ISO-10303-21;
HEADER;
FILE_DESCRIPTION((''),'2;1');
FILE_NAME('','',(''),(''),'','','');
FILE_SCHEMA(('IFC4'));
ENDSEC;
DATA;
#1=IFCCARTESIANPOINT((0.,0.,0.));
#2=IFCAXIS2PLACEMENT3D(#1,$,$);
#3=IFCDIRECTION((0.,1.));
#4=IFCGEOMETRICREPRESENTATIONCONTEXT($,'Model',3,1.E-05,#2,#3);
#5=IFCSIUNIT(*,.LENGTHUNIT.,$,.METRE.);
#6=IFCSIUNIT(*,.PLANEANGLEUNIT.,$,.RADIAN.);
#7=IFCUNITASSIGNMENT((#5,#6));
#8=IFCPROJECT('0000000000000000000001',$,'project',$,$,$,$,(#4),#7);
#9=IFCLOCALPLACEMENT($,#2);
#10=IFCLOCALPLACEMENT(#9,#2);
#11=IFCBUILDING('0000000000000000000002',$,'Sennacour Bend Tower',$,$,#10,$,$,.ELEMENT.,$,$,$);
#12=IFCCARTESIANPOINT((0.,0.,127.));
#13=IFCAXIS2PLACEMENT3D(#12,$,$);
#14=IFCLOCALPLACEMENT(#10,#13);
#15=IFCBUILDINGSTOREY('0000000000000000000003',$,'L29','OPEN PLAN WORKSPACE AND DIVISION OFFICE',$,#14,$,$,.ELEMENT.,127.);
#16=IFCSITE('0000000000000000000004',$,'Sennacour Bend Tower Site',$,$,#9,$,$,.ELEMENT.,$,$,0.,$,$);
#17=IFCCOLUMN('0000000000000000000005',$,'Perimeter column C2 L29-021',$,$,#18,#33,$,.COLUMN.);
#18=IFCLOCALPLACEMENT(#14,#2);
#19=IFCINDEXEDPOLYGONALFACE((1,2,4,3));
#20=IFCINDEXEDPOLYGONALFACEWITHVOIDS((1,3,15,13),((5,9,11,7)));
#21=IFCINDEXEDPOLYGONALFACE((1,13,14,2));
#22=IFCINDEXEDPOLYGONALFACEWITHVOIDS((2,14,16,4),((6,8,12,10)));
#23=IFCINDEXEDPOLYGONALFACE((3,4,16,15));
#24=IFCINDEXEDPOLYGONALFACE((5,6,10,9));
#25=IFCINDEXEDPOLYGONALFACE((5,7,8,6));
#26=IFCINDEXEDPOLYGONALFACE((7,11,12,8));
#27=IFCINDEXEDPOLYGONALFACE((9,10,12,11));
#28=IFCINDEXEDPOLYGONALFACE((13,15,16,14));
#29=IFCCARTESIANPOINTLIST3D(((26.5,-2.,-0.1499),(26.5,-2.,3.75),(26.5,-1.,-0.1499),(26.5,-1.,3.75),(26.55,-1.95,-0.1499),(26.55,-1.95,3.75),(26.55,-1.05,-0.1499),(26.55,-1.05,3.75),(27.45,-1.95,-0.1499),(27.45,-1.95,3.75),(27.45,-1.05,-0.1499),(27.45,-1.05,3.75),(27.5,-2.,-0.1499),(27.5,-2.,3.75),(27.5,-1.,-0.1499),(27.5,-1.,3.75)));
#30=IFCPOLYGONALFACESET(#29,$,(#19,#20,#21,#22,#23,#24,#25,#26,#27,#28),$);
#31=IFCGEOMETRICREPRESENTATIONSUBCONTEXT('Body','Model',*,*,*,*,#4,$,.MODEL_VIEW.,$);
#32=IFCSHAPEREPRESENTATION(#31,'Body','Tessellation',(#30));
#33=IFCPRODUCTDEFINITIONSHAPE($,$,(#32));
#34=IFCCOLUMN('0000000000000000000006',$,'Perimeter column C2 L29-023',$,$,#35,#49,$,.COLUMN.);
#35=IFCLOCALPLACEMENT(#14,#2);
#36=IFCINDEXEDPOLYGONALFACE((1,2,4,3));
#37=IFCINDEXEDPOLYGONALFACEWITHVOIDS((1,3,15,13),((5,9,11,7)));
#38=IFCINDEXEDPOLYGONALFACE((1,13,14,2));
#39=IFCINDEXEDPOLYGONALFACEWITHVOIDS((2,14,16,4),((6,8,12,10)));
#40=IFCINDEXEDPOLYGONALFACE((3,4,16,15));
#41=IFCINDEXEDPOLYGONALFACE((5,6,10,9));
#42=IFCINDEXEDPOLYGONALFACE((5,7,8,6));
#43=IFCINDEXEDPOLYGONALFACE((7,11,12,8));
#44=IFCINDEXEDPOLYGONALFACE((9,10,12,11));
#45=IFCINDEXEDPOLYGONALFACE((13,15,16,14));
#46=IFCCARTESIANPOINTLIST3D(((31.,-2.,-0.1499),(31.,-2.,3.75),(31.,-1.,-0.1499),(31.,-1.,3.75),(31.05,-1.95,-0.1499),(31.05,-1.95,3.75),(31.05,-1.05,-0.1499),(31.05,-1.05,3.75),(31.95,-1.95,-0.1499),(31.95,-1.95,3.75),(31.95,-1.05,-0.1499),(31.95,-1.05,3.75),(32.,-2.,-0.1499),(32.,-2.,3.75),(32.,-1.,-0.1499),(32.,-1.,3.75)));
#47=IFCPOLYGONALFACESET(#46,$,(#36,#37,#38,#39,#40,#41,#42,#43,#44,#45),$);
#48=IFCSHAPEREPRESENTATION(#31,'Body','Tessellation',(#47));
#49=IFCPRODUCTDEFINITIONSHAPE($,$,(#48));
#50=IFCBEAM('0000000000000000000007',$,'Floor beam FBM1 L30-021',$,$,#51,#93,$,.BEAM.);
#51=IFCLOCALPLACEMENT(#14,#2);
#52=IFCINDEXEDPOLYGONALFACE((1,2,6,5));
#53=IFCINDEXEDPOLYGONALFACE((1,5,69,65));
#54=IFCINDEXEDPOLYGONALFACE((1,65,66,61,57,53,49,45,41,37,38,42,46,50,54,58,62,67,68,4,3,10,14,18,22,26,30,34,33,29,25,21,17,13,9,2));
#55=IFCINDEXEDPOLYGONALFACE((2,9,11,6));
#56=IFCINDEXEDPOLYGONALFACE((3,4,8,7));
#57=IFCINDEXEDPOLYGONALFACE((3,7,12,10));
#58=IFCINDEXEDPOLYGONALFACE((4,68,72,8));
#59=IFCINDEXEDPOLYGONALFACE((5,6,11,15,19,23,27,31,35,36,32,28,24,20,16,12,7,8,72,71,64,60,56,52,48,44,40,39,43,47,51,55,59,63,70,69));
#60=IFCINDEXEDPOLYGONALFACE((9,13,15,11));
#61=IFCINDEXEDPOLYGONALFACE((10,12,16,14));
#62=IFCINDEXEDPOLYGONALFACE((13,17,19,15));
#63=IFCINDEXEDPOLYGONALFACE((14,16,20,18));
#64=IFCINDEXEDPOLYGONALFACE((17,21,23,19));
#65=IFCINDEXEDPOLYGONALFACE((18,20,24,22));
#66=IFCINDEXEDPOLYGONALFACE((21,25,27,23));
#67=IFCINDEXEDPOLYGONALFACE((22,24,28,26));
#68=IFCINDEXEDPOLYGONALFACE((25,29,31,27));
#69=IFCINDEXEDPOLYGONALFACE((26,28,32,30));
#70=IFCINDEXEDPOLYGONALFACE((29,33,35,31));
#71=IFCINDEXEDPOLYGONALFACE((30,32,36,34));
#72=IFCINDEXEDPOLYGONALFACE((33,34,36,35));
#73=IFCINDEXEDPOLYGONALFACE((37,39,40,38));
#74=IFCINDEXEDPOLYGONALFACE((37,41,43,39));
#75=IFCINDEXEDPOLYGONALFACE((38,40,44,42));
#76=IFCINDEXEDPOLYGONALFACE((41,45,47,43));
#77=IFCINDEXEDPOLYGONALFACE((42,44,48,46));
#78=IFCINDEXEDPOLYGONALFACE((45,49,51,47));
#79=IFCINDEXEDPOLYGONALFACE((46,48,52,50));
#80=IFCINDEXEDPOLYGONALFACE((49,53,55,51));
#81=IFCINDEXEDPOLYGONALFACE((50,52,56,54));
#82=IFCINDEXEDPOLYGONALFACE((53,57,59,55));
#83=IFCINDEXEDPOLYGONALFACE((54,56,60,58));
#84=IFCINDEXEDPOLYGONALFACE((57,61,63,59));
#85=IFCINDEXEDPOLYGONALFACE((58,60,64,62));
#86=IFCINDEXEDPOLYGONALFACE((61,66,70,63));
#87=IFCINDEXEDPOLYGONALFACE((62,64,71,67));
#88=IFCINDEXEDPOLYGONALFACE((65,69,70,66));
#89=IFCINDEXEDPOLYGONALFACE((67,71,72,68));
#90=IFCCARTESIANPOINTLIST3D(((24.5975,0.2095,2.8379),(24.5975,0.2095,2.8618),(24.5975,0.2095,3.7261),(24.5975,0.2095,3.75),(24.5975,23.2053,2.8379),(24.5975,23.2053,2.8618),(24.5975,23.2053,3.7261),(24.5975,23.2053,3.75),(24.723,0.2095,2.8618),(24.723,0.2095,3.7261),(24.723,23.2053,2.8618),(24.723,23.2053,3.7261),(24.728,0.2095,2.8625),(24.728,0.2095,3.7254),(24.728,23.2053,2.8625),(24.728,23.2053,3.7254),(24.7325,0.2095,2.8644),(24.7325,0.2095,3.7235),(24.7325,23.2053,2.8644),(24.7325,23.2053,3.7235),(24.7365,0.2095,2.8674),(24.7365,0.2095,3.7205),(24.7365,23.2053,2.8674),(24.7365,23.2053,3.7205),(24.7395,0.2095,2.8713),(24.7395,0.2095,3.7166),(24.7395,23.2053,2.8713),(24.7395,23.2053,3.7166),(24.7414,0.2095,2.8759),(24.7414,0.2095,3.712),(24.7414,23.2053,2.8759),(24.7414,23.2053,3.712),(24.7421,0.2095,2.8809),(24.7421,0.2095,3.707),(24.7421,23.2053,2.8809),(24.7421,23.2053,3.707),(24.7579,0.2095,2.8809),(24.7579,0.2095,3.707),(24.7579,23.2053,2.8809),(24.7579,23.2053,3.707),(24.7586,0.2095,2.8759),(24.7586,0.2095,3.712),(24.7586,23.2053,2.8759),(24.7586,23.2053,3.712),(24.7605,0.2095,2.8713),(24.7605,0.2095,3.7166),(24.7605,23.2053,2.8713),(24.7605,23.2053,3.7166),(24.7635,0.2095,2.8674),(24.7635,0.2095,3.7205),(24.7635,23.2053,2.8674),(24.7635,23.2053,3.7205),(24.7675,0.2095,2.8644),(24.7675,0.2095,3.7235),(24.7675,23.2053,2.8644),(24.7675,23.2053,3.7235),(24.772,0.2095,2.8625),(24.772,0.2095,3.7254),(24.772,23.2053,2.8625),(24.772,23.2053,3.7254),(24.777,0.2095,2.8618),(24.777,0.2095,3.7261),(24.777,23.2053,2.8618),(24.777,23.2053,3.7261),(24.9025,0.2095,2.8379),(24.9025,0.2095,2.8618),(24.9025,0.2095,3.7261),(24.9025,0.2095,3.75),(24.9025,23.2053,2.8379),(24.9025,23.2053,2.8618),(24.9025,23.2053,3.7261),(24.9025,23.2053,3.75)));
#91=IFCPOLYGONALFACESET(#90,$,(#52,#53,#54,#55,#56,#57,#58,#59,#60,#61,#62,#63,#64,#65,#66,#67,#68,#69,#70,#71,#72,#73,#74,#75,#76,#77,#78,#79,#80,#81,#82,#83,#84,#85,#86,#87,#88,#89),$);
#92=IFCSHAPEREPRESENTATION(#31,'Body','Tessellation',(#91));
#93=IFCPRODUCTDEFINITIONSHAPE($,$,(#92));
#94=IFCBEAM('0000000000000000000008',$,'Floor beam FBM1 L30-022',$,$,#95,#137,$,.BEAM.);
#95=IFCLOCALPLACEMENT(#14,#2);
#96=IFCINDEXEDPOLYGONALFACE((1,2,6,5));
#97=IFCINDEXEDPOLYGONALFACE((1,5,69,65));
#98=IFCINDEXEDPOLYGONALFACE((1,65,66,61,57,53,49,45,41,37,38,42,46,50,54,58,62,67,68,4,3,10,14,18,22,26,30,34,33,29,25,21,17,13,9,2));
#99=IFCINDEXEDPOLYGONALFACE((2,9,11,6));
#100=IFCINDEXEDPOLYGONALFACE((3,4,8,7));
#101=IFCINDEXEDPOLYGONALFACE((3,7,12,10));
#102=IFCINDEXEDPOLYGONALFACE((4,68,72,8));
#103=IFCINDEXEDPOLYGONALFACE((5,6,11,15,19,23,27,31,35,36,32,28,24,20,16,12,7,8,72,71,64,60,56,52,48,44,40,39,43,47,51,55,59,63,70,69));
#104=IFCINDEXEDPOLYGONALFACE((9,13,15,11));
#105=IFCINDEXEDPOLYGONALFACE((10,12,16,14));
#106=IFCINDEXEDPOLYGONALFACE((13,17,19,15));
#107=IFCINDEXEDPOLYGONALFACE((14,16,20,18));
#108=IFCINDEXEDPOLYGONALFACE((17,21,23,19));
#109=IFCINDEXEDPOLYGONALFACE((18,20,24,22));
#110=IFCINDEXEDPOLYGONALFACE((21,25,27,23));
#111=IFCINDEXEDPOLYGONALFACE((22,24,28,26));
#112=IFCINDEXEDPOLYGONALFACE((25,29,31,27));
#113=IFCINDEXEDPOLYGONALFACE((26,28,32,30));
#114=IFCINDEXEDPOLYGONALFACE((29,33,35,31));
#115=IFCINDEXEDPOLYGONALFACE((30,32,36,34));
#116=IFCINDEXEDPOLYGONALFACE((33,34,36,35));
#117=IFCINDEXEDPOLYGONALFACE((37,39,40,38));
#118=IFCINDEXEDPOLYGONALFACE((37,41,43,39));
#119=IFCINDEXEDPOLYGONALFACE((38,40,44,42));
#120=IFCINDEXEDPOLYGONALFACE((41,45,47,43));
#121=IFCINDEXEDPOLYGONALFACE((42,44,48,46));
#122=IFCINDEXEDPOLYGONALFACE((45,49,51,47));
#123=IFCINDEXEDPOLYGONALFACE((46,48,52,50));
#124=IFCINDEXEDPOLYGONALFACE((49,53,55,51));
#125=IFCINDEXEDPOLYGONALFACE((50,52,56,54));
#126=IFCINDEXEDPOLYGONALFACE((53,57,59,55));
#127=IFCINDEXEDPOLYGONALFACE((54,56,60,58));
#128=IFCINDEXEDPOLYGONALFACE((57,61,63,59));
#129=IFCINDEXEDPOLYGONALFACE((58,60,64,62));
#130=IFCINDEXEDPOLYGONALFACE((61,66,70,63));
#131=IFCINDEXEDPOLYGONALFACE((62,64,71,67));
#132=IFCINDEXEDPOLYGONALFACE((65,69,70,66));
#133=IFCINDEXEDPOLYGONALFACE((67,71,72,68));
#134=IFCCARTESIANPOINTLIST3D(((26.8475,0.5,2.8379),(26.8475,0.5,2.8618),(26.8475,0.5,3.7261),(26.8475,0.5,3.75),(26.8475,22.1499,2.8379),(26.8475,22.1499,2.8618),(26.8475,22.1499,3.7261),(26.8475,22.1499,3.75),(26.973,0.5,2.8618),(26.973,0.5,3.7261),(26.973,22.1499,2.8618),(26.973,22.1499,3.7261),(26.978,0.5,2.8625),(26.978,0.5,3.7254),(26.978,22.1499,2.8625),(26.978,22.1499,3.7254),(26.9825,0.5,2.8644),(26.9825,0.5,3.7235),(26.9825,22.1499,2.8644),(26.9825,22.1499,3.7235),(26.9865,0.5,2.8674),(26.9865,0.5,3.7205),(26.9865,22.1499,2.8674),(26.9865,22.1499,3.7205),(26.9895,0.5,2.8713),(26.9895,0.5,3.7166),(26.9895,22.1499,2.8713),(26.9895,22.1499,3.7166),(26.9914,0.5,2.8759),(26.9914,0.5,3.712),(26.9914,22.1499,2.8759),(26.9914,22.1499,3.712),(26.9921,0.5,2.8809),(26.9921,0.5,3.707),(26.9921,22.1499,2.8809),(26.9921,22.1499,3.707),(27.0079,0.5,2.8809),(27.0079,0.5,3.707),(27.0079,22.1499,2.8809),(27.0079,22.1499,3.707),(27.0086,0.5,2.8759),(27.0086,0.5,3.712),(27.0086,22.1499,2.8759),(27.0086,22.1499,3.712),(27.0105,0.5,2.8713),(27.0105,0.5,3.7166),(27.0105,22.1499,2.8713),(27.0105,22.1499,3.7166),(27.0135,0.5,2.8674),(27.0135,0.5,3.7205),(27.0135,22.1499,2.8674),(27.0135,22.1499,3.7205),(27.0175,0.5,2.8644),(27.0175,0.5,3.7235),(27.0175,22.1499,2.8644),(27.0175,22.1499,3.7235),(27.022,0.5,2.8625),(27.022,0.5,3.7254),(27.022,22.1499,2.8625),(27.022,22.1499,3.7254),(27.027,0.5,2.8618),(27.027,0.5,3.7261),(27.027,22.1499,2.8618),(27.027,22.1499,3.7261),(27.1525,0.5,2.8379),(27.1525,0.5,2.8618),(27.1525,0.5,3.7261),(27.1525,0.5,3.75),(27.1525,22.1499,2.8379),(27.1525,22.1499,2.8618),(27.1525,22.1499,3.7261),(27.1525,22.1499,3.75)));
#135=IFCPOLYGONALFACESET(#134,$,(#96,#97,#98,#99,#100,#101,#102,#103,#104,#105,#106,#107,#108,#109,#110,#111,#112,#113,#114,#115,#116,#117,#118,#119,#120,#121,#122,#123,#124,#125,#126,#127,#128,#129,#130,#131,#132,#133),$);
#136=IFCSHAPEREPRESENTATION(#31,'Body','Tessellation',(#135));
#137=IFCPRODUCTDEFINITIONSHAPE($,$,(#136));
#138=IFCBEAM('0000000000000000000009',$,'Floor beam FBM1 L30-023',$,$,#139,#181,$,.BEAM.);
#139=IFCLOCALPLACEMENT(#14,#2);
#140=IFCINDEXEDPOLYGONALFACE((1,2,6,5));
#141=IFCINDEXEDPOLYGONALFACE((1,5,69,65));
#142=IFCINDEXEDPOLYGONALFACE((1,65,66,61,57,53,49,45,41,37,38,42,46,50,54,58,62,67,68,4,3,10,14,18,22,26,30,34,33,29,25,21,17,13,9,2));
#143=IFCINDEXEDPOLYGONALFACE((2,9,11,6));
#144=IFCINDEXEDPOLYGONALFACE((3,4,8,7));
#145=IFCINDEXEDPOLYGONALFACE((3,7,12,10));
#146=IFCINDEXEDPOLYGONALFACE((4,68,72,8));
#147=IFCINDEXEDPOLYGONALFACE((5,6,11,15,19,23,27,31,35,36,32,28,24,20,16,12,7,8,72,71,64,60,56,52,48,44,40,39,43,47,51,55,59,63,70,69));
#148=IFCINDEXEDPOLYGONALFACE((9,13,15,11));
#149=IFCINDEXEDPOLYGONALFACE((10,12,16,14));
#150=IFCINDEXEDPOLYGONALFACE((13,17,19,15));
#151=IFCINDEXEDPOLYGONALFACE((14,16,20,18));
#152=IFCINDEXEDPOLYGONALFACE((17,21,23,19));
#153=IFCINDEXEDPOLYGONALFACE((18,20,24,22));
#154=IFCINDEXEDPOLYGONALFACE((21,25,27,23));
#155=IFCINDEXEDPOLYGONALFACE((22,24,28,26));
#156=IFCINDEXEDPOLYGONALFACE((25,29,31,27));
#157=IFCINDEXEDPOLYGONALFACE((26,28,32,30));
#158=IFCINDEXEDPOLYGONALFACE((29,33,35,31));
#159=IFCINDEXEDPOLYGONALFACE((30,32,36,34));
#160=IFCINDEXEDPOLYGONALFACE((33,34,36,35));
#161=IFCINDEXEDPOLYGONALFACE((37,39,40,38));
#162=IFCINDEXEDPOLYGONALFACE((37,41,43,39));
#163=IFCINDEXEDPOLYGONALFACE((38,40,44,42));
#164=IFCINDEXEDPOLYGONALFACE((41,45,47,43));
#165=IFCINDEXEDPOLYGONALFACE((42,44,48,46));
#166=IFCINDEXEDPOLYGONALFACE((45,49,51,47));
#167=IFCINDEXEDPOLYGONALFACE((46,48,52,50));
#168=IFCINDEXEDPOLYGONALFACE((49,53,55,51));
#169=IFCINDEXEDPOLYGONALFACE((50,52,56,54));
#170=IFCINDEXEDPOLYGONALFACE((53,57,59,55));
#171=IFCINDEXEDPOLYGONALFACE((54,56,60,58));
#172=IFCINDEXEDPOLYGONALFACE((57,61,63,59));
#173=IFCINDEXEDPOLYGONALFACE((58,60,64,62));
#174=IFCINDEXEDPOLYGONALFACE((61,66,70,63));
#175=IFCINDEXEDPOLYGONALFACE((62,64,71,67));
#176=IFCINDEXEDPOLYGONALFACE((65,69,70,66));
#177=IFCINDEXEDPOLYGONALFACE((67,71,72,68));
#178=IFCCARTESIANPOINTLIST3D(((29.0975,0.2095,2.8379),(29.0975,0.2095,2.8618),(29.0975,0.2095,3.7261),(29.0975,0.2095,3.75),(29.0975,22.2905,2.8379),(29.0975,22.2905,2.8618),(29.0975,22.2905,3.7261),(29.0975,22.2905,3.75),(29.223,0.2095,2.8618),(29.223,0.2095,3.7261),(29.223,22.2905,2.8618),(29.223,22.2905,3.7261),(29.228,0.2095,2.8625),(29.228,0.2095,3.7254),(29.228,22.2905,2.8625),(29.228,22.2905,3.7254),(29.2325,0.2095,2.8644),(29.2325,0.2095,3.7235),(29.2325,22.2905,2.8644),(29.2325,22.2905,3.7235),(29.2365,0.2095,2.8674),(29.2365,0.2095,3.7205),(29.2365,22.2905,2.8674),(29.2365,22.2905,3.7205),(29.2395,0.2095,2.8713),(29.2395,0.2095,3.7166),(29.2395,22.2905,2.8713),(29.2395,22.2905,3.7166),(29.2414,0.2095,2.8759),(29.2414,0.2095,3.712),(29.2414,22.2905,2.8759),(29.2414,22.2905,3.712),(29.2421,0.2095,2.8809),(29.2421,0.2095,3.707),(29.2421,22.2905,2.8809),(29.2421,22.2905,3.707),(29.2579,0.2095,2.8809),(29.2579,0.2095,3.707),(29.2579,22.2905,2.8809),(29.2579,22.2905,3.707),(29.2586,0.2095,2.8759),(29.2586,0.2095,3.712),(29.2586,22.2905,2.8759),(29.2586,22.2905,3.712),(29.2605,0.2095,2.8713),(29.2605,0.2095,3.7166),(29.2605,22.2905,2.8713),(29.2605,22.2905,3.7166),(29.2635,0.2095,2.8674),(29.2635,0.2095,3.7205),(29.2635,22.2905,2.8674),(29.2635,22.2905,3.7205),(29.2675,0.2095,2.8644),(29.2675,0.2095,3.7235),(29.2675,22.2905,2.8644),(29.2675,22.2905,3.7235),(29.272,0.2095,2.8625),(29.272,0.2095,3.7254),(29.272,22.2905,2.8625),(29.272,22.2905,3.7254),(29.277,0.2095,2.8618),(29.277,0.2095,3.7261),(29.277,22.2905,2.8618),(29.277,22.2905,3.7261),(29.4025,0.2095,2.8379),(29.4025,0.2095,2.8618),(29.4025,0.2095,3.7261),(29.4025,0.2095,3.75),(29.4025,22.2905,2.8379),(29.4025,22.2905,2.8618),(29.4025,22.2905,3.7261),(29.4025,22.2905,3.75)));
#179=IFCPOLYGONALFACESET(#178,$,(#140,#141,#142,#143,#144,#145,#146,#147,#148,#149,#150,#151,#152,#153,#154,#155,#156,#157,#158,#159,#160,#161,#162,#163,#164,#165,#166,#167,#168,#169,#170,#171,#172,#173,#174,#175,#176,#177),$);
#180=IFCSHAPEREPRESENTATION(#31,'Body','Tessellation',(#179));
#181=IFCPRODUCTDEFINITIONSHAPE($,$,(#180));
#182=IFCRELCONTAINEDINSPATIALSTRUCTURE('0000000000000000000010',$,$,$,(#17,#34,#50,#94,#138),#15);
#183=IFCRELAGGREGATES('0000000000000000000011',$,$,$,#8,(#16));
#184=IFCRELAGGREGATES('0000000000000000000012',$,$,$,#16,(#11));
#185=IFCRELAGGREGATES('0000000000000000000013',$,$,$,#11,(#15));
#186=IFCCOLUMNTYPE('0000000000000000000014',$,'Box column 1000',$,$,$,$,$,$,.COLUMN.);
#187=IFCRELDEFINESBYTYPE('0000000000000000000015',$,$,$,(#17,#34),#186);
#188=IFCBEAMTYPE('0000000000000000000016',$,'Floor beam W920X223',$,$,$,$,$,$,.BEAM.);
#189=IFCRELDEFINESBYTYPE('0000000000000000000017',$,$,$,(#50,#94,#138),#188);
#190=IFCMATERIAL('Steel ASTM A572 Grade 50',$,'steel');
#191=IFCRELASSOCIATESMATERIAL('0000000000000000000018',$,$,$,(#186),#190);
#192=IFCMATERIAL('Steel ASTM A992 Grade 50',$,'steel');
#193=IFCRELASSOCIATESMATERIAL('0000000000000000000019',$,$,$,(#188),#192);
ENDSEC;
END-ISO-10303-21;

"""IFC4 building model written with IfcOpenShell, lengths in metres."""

from ifc_helpers import new_model, si_unit, direction, frame, origin, origin_2d, place, context, subcontext, project, spatial, hollow_rectangle, i_section, extrude, material, material_profile, profile_set, type_object, element, save


model = new_model("IFC4")

# Units and contexts
model_context = context("Model", 3, precision=1e-05, world=origin(), true_north=direction((0.0, 1.0)))
body_context = subcontext(model_context, "Body", "Model", "MODEL_VIEW")
ifc_project = project(units=[si_unit("LENGTHUNIT", "METRE"), si_unit("PLANEANGLEUNIT", "RADIAN")], contexts=[model_context])

# Site, building, storey
site_placement = place(None, origin())
site = spatial("IfcSite", under=ifc_project, at=site_placement, Name="Sennacour Bend Tower Site", CompositionType="ELEMENT", RefElevation=0.0)
building_placement = place(site_placement, origin())
building = spatial("IfcBuilding", under=site, at=building_placement, Name="Sennacour Bend Tower", CompositionType="ELEMENT")
storey_placement = place(building_placement, frame((0.0, 0.0, 127.0)))
storey = spatial("IfcBuildingStorey", under=building, at=storey_placement, Name="L29", Description="OPEN PLAN WORKSPACE AND DIVISION OFFICE", CompositionType="ELEMENT", Elevation=127.0)

# Columns
ifc_material_1 = material(Name="Steel ASTM A572 Grade 50", Category="steel")
ifc_material_profile_1 = material_profile(ifc_material_1, hollow_rectangle(XDim=1.0, YDim=1.0, WallThickness=0.05, at=origin_2d()), Name="Steel ASTM A572 Grade 50", Category="steel")
ifc_profile_set_1 = profile_set([ifc_material_profile_1], Name="Steel ASTM A572 Grade 50")
column_type = type_object("IfcColumnType", Name="Box column 1000", PredefinedType="COLUMN", material=ifc_profile_set_1)
for number, where, z_axis, x_axis, name in (
    (1, (27.0, -1.5, -0.1499), (0.0, 0.0, 1.0), (1.0, 0.0, 0.0), "Perimeter column C2 L29-021"),
    (2, (31.5, -1.5, -0.1499), (0.0, 0.0, 1.0), (1.0, 0.0, 0.0), "Perimeter column C2 L29-023"),
):
    element("IfcColumn", number, at=place(storey_placement, frame(where, z_axis=z_axis, x_axis=x_axis)), inside=storey, type_object=column_type, Name=name, PredefinedType="COLUMN", context=body_context, shape_type="SweptSolid", body=[
        extrude(hollow_rectangle(XDim=1.0, YDim=1.0, WallThickness=0.05, at=origin_2d()), origin(), (0.0, 0.0, 1.0), 3.8999),
    ])

# Beams
ifc_material_2 = material(Name="Steel ASTM A992 Grade 50", Category="steel")
ifc_material_profile_2 = material_profile(ifc_material_2, i_section(OverallWidth=0.3049, OverallDepth=0.9121, WebThickness=0.0159, FlangeThickness=0.0239, FilletRadius=0.019, at=origin_2d()), Name="Steel ASTM A992 Grade 50", Category="steel")
ifc_profile_set_2 = profile_set([ifc_material_profile_2], Name="Steel ASTM A992 Grade 50")
beam_type_1 = type_object("IfcBeamType", Name="Floor beam W920X223", PredefinedType="BEAM", material=ifc_profile_set_2)
beam_1_placement = place(storey_placement, frame((24.75, 0.2095, 3.2939), z_axis=(0.0, 1.0, 0.0), x_axis=(-1.0, 0.0, 0.0)))
element("IfcBeam", 3, at=beam_1_placement, inside=storey, type_object=beam_type_1, Name="Floor beam FBM1 L30-021", PredefinedType="BEAM", context=body_context, shape_type="SweptSolid", body=[
    extrude(i_section(OverallWidth=0.3049, OverallDepth=0.9121, WebThickness=0.0159, FlangeThickness=0.0239, FilletRadius=0.019, at=origin_2d()), origin(), (0.0, 0.0, 1.0), 22.9958),
])
beam_2_placement = place(storey_placement, frame((27.0, 0.5, 3.2939), z_axis=(0.0, 1.0, 0.0), x_axis=(-1.0, 0.0, 0.0)))
element("IfcBeam", 4, at=beam_2_placement, inside=storey, type_object=beam_type_1, Name="Floor beam FBM1 L30-022", PredefinedType="BEAM", context=body_context, shape_type="SweptSolid", body=[
    extrude(i_section(OverallWidth=0.3049, OverallDepth=0.9121, WebThickness=0.0159, FlangeThickness=0.0239, FilletRadius=0.019, at=origin_2d()), origin(), (0.0, 0.0, 1.0), 21.6499),
])
beam_3_placement = place(storey_placement, frame((29.25, 0.2095, 3.2939), z_axis=(0.0, 1.0, 0.0), x_axis=(-1.0, 0.0, 0.0)))
element("IfcBeam", 5, at=beam_3_placement, inside=storey, type_object=beam_type_1, Name="Floor beam FBM1 L30-023", PredefinedType="BEAM", context=body_context, shape_type="SweptSolid", body=[
    extrude(i_section(OverallWidth=0.3049, OverallDepth=0.9121, WebThickness=0.0159, FlangeThickness=0.0239, FilletRadius=0.019, at=origin_2d()), origin(), (0.0, 0.0, 1.0), 22.0811),
])

save(model, "model.ifc")
